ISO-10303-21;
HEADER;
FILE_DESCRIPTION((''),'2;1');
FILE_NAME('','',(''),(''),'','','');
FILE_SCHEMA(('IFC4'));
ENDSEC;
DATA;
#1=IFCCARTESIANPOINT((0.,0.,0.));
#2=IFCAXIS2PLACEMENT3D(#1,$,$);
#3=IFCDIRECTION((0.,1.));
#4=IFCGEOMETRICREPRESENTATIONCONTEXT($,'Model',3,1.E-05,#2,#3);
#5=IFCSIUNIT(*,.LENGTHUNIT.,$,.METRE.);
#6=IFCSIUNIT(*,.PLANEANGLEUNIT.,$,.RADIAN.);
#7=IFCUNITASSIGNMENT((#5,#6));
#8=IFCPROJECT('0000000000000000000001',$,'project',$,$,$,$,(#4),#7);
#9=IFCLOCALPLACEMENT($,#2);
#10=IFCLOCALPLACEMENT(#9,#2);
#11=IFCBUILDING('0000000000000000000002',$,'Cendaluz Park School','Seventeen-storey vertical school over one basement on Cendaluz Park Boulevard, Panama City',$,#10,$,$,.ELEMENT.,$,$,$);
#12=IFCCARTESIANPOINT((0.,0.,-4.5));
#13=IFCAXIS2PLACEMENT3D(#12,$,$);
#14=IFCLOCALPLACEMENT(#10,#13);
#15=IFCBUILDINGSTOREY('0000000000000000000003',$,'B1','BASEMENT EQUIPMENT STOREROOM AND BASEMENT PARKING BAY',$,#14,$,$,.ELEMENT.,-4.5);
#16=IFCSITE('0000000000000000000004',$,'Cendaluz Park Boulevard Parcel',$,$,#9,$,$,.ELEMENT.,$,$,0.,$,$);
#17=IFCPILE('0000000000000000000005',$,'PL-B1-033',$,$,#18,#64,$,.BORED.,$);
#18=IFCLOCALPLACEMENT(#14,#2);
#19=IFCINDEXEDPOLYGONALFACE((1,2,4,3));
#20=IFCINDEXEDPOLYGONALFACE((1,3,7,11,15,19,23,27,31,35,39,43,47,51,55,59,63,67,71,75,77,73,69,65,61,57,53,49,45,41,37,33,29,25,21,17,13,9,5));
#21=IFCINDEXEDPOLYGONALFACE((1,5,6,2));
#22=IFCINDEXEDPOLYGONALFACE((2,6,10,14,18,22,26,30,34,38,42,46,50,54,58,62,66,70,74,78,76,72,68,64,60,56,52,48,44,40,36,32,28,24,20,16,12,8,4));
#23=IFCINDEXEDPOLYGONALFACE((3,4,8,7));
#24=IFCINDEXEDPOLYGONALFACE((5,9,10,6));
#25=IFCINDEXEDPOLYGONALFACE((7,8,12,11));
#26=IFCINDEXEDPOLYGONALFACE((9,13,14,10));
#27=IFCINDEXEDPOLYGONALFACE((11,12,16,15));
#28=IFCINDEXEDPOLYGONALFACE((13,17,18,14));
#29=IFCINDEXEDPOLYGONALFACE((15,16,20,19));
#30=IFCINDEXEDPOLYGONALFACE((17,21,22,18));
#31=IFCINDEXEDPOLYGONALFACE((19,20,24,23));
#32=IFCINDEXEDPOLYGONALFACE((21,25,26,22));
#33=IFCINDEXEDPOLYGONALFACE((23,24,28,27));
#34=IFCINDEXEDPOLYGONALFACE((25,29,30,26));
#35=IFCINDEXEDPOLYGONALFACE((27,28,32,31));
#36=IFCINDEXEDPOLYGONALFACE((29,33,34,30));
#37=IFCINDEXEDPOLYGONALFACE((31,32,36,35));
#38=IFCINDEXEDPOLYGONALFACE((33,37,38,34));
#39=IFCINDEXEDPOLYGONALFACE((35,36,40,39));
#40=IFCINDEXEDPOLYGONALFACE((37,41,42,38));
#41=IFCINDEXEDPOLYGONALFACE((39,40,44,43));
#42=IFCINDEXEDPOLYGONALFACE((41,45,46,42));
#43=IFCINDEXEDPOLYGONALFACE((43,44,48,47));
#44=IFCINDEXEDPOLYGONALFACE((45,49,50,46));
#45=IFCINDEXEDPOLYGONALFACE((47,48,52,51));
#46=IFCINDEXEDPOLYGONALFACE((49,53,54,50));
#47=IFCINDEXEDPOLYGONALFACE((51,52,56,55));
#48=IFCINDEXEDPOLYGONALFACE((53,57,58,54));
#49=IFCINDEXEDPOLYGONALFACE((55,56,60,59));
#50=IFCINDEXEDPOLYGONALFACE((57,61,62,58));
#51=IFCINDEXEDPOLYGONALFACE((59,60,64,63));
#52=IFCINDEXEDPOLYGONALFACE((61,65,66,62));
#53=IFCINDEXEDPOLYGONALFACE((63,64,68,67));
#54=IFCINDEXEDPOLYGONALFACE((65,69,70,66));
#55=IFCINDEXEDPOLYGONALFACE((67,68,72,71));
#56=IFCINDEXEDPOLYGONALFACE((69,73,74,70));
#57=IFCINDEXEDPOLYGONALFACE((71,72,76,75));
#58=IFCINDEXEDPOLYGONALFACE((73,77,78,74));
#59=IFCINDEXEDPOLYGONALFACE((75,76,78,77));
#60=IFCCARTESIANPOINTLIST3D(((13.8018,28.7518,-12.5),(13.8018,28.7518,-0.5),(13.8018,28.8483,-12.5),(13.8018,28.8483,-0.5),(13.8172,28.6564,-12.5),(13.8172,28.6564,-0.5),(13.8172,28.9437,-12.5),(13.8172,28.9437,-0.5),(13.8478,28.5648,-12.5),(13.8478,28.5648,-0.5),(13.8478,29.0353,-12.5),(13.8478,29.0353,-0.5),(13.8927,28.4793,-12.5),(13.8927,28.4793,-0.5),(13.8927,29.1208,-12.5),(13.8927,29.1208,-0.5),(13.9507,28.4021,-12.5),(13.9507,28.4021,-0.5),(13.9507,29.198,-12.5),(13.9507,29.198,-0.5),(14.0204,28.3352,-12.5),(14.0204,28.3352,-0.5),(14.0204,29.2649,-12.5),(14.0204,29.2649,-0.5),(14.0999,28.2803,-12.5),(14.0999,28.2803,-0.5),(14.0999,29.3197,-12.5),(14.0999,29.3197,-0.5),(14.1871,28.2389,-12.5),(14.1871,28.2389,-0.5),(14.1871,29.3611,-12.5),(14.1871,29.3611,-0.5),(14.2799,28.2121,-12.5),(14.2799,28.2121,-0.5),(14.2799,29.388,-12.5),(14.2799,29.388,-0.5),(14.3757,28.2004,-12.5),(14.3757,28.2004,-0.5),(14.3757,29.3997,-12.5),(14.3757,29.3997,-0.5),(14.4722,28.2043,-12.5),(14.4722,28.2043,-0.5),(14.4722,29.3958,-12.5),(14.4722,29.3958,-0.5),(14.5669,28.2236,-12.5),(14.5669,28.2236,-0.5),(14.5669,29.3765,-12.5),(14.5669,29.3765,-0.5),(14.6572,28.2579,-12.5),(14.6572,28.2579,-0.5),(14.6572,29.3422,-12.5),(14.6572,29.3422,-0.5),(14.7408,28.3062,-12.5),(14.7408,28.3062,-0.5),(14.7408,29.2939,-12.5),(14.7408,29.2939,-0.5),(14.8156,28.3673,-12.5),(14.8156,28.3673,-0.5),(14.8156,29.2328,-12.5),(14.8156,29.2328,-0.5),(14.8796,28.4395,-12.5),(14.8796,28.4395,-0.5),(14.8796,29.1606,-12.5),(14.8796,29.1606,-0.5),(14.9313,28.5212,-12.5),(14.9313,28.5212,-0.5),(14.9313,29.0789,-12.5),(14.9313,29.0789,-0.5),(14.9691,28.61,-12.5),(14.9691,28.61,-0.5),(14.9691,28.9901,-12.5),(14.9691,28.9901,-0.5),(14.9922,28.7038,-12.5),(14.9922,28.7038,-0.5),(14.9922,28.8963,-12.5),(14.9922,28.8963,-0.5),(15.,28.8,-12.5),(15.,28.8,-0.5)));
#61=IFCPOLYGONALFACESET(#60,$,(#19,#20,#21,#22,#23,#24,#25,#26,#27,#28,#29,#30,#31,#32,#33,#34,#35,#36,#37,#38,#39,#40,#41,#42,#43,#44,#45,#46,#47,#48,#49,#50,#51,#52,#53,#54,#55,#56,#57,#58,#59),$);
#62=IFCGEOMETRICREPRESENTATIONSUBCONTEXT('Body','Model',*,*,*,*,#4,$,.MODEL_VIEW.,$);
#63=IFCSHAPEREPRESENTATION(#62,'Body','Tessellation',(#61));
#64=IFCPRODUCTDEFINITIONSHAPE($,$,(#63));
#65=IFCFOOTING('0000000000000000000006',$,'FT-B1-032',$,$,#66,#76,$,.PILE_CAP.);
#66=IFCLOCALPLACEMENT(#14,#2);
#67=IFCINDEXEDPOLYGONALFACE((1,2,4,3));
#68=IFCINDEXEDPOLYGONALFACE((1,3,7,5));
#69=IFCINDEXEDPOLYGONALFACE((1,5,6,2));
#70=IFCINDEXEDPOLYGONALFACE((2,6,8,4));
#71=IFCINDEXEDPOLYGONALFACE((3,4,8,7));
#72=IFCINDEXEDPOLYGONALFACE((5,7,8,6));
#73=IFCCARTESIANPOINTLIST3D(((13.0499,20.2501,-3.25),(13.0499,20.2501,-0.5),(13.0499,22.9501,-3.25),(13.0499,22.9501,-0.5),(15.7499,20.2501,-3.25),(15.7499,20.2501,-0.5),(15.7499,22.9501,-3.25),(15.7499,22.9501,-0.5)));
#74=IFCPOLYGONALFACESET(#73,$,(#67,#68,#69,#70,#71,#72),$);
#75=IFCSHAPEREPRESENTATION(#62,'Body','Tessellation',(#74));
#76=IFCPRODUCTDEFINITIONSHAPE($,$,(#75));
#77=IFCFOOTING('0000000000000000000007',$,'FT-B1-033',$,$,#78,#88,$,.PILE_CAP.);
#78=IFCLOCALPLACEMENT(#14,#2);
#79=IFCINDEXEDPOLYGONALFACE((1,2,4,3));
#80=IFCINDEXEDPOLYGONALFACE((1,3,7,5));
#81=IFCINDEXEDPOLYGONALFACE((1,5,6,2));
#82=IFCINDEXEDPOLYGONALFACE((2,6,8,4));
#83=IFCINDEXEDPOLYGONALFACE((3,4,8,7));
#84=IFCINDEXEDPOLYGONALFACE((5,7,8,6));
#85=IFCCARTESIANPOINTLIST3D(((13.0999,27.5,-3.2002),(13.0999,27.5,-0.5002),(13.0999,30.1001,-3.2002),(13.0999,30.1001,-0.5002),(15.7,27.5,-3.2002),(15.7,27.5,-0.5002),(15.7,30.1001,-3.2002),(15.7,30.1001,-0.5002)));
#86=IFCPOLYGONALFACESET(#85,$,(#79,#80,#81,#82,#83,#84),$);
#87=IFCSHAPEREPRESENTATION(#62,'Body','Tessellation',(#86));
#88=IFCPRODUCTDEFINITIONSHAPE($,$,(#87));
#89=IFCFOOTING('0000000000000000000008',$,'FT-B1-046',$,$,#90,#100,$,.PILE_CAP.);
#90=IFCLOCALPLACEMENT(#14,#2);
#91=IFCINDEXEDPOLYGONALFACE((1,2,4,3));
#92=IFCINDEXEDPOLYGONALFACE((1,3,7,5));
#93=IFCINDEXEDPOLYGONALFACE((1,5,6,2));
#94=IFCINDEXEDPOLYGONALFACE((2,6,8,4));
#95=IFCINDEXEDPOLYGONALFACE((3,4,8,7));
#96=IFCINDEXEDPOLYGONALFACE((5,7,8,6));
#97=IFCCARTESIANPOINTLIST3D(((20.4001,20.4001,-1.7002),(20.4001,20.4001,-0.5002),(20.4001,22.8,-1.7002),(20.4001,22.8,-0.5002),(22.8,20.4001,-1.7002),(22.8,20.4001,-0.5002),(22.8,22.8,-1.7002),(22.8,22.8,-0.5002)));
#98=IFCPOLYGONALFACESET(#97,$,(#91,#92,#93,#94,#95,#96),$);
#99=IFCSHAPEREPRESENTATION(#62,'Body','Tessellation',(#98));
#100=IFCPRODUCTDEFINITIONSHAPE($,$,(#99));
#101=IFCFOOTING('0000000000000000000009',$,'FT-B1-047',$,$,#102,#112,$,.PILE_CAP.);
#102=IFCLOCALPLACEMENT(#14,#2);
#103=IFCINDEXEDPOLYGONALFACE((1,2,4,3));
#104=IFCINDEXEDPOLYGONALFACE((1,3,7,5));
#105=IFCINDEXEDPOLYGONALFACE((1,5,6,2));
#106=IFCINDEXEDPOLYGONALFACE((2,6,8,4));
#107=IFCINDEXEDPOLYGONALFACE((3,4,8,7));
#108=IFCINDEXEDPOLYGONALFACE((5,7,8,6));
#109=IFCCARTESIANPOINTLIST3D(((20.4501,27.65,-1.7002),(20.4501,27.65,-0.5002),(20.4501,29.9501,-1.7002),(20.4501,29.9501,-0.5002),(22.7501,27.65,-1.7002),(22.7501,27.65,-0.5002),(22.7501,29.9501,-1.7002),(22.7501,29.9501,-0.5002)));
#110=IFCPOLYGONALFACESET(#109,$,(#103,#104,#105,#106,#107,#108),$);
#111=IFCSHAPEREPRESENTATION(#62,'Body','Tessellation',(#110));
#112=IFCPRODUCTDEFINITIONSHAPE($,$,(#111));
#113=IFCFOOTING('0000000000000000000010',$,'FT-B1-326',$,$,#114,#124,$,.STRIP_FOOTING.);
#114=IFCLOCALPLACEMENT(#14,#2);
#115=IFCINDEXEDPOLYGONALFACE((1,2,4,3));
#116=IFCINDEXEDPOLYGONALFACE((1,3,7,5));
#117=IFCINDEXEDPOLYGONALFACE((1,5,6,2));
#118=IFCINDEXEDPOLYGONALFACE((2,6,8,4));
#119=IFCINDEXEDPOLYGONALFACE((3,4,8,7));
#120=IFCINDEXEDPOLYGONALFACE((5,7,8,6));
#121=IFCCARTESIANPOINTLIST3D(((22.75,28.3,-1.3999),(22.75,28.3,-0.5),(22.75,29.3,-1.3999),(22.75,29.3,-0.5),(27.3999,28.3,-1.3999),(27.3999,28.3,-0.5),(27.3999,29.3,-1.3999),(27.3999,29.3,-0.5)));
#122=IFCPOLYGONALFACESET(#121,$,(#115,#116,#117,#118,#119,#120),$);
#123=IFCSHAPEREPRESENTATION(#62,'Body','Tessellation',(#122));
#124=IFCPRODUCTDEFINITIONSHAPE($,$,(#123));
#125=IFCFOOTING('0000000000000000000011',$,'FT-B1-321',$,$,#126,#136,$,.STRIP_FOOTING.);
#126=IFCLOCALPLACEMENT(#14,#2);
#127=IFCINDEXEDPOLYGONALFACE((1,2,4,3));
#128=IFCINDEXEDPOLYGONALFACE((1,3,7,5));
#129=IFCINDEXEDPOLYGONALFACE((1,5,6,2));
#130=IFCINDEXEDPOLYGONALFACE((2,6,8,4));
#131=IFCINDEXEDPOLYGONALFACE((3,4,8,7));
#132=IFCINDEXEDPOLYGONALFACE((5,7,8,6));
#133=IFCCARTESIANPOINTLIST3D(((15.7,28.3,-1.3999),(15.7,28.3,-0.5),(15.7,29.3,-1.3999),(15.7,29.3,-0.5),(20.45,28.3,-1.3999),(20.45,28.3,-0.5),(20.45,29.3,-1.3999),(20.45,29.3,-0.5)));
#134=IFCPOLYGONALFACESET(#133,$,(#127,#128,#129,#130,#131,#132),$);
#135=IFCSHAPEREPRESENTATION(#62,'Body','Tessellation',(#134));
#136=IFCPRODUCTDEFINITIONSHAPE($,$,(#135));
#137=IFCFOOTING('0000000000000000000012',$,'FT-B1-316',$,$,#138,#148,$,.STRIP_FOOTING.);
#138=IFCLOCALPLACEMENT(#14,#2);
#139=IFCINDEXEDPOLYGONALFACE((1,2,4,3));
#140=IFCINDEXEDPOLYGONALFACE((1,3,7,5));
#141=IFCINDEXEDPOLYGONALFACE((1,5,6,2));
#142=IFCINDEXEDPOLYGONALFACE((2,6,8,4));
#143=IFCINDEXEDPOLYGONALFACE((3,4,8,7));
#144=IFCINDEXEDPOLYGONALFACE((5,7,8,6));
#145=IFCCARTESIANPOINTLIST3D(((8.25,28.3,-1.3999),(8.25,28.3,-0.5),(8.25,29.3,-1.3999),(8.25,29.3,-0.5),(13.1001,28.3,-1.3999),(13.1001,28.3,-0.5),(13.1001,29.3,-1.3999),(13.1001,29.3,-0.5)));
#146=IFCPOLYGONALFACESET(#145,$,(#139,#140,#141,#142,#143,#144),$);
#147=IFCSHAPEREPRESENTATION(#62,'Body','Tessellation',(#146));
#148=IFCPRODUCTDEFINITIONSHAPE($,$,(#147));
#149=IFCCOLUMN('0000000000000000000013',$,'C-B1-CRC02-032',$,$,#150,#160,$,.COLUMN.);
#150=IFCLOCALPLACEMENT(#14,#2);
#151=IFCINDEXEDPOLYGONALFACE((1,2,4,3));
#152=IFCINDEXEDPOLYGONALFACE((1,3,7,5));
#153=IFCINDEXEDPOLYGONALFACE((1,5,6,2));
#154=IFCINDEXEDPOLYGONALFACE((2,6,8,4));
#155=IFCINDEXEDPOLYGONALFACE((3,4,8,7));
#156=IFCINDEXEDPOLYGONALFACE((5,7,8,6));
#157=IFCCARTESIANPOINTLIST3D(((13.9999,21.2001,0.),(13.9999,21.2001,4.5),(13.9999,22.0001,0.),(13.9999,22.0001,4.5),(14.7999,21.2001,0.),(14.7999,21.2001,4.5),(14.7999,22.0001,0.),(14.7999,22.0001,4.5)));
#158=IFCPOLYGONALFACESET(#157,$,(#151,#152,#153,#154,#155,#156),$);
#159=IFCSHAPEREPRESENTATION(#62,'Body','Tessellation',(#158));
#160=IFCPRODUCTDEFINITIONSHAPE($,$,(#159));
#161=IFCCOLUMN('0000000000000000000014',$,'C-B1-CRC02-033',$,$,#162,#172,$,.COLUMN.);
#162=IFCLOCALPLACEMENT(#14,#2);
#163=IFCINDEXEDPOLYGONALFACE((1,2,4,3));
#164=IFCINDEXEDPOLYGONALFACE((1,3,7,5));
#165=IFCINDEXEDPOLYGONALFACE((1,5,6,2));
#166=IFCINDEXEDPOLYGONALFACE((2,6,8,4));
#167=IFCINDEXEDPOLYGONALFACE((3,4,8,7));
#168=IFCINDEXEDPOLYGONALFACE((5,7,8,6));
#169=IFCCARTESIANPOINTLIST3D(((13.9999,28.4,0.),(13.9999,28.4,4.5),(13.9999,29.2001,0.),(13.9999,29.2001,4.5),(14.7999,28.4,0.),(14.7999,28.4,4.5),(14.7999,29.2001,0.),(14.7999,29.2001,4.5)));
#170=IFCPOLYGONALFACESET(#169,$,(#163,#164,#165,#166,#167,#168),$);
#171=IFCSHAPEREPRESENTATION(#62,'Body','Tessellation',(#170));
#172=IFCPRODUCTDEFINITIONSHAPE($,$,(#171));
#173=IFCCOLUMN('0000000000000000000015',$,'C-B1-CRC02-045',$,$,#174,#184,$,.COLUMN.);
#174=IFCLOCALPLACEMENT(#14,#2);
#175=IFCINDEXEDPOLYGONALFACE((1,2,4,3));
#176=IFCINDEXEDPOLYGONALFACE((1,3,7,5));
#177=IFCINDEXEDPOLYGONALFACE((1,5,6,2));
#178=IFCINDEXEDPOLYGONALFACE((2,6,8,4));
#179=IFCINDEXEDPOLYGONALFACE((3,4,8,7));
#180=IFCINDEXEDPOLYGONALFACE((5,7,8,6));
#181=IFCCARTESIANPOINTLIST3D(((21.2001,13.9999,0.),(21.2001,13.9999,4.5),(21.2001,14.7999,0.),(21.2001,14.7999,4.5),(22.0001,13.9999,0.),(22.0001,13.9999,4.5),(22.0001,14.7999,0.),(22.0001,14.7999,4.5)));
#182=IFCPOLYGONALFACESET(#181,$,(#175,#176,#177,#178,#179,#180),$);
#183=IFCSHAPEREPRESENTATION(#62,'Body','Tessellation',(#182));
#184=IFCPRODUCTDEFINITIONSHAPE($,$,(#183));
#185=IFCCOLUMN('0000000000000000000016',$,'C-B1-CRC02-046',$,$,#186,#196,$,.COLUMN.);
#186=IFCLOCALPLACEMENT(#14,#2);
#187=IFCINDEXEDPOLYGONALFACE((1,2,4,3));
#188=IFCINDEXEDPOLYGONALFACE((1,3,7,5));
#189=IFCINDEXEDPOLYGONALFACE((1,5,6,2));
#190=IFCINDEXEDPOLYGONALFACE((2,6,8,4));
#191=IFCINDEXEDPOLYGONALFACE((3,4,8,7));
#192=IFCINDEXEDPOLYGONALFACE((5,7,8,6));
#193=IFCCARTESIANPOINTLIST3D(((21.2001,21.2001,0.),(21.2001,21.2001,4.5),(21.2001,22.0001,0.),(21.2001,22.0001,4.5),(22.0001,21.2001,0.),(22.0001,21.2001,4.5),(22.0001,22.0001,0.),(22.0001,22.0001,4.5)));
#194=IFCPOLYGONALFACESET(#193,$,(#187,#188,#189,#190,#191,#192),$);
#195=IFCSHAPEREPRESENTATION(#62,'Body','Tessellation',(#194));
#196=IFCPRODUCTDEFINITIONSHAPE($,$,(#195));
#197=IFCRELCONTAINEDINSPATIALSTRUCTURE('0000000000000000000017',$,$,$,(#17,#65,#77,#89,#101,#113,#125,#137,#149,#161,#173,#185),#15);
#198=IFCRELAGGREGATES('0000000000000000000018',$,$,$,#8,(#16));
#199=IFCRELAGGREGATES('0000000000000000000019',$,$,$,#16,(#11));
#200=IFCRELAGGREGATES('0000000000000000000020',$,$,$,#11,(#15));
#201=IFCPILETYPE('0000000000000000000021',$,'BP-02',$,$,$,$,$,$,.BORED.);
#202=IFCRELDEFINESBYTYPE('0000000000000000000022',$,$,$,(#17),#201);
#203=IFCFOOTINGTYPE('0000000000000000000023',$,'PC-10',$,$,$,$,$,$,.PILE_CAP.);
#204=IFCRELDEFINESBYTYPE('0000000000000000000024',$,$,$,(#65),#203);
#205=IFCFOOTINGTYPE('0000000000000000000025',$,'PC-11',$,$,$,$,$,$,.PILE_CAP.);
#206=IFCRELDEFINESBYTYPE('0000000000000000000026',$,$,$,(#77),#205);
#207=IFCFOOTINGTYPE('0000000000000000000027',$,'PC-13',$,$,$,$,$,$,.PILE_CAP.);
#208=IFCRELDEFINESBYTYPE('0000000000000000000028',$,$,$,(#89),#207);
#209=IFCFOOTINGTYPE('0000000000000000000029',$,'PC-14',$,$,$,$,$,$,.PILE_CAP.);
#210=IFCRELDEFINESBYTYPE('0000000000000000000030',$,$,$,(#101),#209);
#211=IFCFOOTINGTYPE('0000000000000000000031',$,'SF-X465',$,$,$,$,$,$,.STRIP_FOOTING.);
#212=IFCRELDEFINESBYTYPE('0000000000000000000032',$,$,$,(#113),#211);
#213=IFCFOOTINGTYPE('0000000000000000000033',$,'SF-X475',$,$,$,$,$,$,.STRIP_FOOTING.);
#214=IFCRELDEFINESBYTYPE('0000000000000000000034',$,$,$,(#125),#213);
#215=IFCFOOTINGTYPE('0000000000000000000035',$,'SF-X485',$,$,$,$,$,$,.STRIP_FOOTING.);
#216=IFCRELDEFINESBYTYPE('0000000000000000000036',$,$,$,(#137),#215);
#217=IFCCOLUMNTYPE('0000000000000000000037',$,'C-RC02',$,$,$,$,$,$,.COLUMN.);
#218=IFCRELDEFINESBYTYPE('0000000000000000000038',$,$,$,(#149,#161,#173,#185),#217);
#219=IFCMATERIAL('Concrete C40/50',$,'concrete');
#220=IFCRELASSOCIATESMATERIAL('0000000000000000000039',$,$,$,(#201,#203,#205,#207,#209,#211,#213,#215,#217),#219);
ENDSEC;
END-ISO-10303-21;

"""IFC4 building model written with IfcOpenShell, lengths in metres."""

from ifc_helpers import new_model, si_unit, direction, frame, origin, origin_2d, place, context, subcontext, project, spatial, rectangle, circle, extrude, material, material_profile, profile_set, type_object, element, save


model = new_model("IFC4")

# Units and contexts
model_context = context("Model", 3, precision=1e-05, world=origin(), true_north=direction((0.0, 1.0)))
body_context = subcontext(model_context, "Body", "Model", "MODEL_VIEW")
ifc_project = project(units=[si_unit("LENGTHUNIT", "METRE"), si_unit("PLANEANGLEUNIT", "RADIAN")], contexts=[model_context])

# Site, building, storey
site_placement = place(None, origin())
site = spatial("IfcSite", under=ifc_project, at=site_placement, Name="Cendaluz Park Boulevard Parcel", CompositionType="ELEMENT", RefElevation=0.0)
building_placement = place(site_placement, origin())
building = spatial("IfcBuilding", under=site, at=building_placement, Name="Cendaluz Park School", Description="Seventeen-storey vertical school over one basement on Cendaluz Park Boulevard, Panama City", CompositionType="ELEMENT")
storey_placement = place(building_placement, frame((0.0, 0.0, -4.5)))
storey = spatial("IfcBuildingStorey", under=building, at=storey_placement, Name="B1", Description="BASEMENT EQUIPMENT STOREROOM AND BASEMENT PARKING BAY", CompositionType="ELEMENT", Elevation=-4.5)

# Pile
ifc_material_1 = material(Name="Concrete C40/50", Category="concrete")
ifc_material_profile_1 = material_profile(ifc_material_1, circle(Radius=0.6001, at=origin_2d()), Name="BP D1200", Category="concrete")
ifc_profile_set_1 = profile_set([ifc_material_profile_1], Name="Concrete C40/50")
pile_type_1 = type_object("IfcPileType", Name="BP-02", PredefinedType="BORED", material=ifc_profile_set_1)
for number, where, z_axis, x_axis, name in (
    (1, (14.3999, 28.8, -0.5), (0.0, 0.0, -1.0), (1.0, 0.0, 0.0), "PL-B1-033"),
):
    element("IfcPile", number, at=place(storey_placement, frame(where, z_axis=z_axis, x_axis=x_axis)), inside=storey, type_object=pile_type_1, Name=name, PredefinedType="BORED", context=body_context, shape_type="SweptSolid", body=[
        extrude(circle(Radius=0.6001, at=origin_2d()), origin(), (0.0, 0.0, 1.0), 12.0),
    ])

# Footings
footing_type_1 = type_object("IfcFootingType", Name="PC-10", PredefinedType="PILE_CAP", material=ifc_material_1)
footing_1_placement = place(storey_placement, frame((14.3999, 21.6001, -3.25), z_axis=(0.0, 0.0, 1.0), x_axis=(1.0, 0.0, 0.0)))
element("IfcFooting", 2, at=footing_1_placement, inside=storey, type_object=footing_type_1, Name="FT-B1-032", PredefinedType="PILE_CAP", context=body_context, shape_type="SweptSolid", body=[
    extrude(rectangle(XDim=2.7, YDim=2.7, at=origin_2d()), origin(), (0.0, 0.0, 1.0), 2.75),
])
footing_type_2 = type_object("IfcFootingType", Name="PC-11", PredefinedType="PILE_CAP", material=ifc_material_1)
footing_2_placement = place(storey_placement, frame((14.3999, 28.8, -3.2002), z_axis=(0.0, 0.0, 1.0), x_axis=(1.0, 0.0, 0.0)))
element("IfcFooting", 3, at=footing_2_placement, inside=storey, type_object=footing_type_2, Name="FT-B1-033", PredefinedType="PILE_CAP", context=body_context, shape_type="SweptSolid", body=[
    extrude(rectangle(XDim=2.6001, YDim=2.6001, at=origin_2d()), origin(), (0.0, 0.0, 1.0), 2.7),
])
footing_type_3 = type_object("IfcFootingType", Name="PC-13", PredefinedType="PILE_CAP", material=ifc_material_1)
footing_3_placement = place(storey_placement, frame((21.6001, 21.6001, -1.7002), z_axis=(0.0, 0.0, 1.0), x_axis=(1.0, 0.0, 0.0)))
element("IfcFooting", 4, at=footing_3_placement, inside=storey, type_object=footing_type_3, Name="FT-B1-046", PredefinedType="PILE_CAP", context=body_context, shape_type="SweptSolid", body=[
    extrude(rectangle(XDim=2.3999, YDim=2.3999, at=origin_2d()), origin(), (0.0, 0.0, 1.0), 1.2),
])
footing_type_4 = type_object("IfcFootingType", Name="PC-14", PredefinedType="PILE_CAP", material=ifc_material_1)
footing_4_placement = place(storey_placement, frame((21.6001, 28.8, -1.7002), z_axis=(0.0, 0.0, 1.0), x_axis=(1.0, 0.0, 0.0)))
element("IfcFooting", 5, at=footing_4_placement, inside=storey, type_object=footing_type_4, Name="FT-B1-047", PredefinedType="PILE_CAP", context=body_context, shape_type="SweptSolid", body=[
    extrude(rectangle(XDim=2.3, YDim=2.3, at=origin_2d()), origin(), (0.0, 0.0, 1.0), 1.2),
])
footing_type_5 = type_object("IfcFootingType", Name="SF-X465", PredefinedType="STRIP_FOOTING", material=ifc_material_1)
footing_5_placement = place(storey_placement, frame((25.075, 28.8, -1.3999), z_axis=(0.0, 0.0, 1.0), x_axis=(1.0, 0.0, 0.0)))
element("IfcFooting", 6, at=footing_5_placement, inside=storey, type_object=footing_type_5, Name="FT-B1-326", PredefinedType="STRIP_FOOTING", context=body_context, shape_type="SweptSolid", body=[
    extrude(rectangle(XDim=4.6499, YDim=1.0, at=origin_2d()), origin(), (0.0, 0.0, 1.0), 0.8999),
])
footing_type_6 = type_object("IfcFootingType", Name="SF-X475", PredefinedType="STRIP_FOOTING", material=ifc_material_1)
footing_6_placement = place(storey_placement, frame((18.075, 28.8, -1.3999), z_axis=(0.0, 0.0, 1.0), x_axis=(1.0, 0.0, 0.0)))
element("IfcFooting", 7, at=footing_6_placement, inside=storey, type_object=footing_type_6, Name="FT-B1-321", PredefinedType="STRIP_FOOTING", context=body_context, shape_type="SweptSolid", body=[
    extrude(rectangle(XDim=4.75, YDim=1.0, at=origin_2d()), origin(), (0.0, 0.0, 1.0), 0.8999),
])
footing_type_7 = type_object("IfcFootingType", Name="SF-X485", PredefinedType="STRIP_FOOTING", material=ifc_material_1)
footing_7_placement = place(storey_placement, frame((10.675, 28.8, -1.3999), z_axis=(0.0, 0.0, 1.0), x_axis=(1.0, 0.0, 0.0)))
element("IfcFooting", 8, at=footing_7_placement, inside=storey, type_object=footing_type_7, Name="FT-B1-316", PredefinedType="STRIP_FOOTING", context=body_context, shape_type="SweptSolid", body=[
    extrude(rectangle(XDim=4.8501, YDim=1.0, at=origin_2d()), origin(), (0.0, 0.0, 1.0), 0.8999),
])

# Columns
ifc_material_profile_2 = material_profile(ifc_material_1, rectangle(XDim=0.8, YDim=0.8, at=origin_2d()), Name="RC 800x800", Category="concrete")
ifc_profile_set_2 = profile_set([ifc_material_profile_2], Name="Concrete C40/50")
column_type = type_object("IfcColumnType", Name="C-RC02", PredefinedType="COLUMN", material=ifc_profile_set_2)
for number, where, z_axis, x_axis, name in (
    (9, (14.3999, 21.6001, 0.0), (0.0, 0.0, 1.0), (1.0, 0.0, 0.0), "C-B1-CRC02-032"),
    (10, (14.3999, 28.8, 0.0), (0.0, 0.0, 1.0), (1.0, 0.0, 0.0), "C-B1-CRC02-033"),
    (11, (21.6001, 14.3999, 0.0), (0.0, 0.0, 1.0), (1.0, 0.0, 0.0), "C-B1-CRC02-045"),
    (12, (21.6001, 21.6001, 0.0), (0.0, 0.0, 1.0), (1.0, 0.0, 0.0), "C-B1-CRC02-046"),
):
    element("IfcColumn", number, at=place(storey_placement, frame(where, z_axis=z_axis, x_axis=x_axis)), inside=storey, type_object=column_type, Name=name, PredefinedType="COLUMN", context=body_context, shape_type="SweptSolid", body=[
        extrude(rectangle(XDim=0.8, YDim=0.8, at=origin_2d()), origin(), (0.0, 0.0, 1.0), 4.5),
    ])

save(model, "model.ifc")
